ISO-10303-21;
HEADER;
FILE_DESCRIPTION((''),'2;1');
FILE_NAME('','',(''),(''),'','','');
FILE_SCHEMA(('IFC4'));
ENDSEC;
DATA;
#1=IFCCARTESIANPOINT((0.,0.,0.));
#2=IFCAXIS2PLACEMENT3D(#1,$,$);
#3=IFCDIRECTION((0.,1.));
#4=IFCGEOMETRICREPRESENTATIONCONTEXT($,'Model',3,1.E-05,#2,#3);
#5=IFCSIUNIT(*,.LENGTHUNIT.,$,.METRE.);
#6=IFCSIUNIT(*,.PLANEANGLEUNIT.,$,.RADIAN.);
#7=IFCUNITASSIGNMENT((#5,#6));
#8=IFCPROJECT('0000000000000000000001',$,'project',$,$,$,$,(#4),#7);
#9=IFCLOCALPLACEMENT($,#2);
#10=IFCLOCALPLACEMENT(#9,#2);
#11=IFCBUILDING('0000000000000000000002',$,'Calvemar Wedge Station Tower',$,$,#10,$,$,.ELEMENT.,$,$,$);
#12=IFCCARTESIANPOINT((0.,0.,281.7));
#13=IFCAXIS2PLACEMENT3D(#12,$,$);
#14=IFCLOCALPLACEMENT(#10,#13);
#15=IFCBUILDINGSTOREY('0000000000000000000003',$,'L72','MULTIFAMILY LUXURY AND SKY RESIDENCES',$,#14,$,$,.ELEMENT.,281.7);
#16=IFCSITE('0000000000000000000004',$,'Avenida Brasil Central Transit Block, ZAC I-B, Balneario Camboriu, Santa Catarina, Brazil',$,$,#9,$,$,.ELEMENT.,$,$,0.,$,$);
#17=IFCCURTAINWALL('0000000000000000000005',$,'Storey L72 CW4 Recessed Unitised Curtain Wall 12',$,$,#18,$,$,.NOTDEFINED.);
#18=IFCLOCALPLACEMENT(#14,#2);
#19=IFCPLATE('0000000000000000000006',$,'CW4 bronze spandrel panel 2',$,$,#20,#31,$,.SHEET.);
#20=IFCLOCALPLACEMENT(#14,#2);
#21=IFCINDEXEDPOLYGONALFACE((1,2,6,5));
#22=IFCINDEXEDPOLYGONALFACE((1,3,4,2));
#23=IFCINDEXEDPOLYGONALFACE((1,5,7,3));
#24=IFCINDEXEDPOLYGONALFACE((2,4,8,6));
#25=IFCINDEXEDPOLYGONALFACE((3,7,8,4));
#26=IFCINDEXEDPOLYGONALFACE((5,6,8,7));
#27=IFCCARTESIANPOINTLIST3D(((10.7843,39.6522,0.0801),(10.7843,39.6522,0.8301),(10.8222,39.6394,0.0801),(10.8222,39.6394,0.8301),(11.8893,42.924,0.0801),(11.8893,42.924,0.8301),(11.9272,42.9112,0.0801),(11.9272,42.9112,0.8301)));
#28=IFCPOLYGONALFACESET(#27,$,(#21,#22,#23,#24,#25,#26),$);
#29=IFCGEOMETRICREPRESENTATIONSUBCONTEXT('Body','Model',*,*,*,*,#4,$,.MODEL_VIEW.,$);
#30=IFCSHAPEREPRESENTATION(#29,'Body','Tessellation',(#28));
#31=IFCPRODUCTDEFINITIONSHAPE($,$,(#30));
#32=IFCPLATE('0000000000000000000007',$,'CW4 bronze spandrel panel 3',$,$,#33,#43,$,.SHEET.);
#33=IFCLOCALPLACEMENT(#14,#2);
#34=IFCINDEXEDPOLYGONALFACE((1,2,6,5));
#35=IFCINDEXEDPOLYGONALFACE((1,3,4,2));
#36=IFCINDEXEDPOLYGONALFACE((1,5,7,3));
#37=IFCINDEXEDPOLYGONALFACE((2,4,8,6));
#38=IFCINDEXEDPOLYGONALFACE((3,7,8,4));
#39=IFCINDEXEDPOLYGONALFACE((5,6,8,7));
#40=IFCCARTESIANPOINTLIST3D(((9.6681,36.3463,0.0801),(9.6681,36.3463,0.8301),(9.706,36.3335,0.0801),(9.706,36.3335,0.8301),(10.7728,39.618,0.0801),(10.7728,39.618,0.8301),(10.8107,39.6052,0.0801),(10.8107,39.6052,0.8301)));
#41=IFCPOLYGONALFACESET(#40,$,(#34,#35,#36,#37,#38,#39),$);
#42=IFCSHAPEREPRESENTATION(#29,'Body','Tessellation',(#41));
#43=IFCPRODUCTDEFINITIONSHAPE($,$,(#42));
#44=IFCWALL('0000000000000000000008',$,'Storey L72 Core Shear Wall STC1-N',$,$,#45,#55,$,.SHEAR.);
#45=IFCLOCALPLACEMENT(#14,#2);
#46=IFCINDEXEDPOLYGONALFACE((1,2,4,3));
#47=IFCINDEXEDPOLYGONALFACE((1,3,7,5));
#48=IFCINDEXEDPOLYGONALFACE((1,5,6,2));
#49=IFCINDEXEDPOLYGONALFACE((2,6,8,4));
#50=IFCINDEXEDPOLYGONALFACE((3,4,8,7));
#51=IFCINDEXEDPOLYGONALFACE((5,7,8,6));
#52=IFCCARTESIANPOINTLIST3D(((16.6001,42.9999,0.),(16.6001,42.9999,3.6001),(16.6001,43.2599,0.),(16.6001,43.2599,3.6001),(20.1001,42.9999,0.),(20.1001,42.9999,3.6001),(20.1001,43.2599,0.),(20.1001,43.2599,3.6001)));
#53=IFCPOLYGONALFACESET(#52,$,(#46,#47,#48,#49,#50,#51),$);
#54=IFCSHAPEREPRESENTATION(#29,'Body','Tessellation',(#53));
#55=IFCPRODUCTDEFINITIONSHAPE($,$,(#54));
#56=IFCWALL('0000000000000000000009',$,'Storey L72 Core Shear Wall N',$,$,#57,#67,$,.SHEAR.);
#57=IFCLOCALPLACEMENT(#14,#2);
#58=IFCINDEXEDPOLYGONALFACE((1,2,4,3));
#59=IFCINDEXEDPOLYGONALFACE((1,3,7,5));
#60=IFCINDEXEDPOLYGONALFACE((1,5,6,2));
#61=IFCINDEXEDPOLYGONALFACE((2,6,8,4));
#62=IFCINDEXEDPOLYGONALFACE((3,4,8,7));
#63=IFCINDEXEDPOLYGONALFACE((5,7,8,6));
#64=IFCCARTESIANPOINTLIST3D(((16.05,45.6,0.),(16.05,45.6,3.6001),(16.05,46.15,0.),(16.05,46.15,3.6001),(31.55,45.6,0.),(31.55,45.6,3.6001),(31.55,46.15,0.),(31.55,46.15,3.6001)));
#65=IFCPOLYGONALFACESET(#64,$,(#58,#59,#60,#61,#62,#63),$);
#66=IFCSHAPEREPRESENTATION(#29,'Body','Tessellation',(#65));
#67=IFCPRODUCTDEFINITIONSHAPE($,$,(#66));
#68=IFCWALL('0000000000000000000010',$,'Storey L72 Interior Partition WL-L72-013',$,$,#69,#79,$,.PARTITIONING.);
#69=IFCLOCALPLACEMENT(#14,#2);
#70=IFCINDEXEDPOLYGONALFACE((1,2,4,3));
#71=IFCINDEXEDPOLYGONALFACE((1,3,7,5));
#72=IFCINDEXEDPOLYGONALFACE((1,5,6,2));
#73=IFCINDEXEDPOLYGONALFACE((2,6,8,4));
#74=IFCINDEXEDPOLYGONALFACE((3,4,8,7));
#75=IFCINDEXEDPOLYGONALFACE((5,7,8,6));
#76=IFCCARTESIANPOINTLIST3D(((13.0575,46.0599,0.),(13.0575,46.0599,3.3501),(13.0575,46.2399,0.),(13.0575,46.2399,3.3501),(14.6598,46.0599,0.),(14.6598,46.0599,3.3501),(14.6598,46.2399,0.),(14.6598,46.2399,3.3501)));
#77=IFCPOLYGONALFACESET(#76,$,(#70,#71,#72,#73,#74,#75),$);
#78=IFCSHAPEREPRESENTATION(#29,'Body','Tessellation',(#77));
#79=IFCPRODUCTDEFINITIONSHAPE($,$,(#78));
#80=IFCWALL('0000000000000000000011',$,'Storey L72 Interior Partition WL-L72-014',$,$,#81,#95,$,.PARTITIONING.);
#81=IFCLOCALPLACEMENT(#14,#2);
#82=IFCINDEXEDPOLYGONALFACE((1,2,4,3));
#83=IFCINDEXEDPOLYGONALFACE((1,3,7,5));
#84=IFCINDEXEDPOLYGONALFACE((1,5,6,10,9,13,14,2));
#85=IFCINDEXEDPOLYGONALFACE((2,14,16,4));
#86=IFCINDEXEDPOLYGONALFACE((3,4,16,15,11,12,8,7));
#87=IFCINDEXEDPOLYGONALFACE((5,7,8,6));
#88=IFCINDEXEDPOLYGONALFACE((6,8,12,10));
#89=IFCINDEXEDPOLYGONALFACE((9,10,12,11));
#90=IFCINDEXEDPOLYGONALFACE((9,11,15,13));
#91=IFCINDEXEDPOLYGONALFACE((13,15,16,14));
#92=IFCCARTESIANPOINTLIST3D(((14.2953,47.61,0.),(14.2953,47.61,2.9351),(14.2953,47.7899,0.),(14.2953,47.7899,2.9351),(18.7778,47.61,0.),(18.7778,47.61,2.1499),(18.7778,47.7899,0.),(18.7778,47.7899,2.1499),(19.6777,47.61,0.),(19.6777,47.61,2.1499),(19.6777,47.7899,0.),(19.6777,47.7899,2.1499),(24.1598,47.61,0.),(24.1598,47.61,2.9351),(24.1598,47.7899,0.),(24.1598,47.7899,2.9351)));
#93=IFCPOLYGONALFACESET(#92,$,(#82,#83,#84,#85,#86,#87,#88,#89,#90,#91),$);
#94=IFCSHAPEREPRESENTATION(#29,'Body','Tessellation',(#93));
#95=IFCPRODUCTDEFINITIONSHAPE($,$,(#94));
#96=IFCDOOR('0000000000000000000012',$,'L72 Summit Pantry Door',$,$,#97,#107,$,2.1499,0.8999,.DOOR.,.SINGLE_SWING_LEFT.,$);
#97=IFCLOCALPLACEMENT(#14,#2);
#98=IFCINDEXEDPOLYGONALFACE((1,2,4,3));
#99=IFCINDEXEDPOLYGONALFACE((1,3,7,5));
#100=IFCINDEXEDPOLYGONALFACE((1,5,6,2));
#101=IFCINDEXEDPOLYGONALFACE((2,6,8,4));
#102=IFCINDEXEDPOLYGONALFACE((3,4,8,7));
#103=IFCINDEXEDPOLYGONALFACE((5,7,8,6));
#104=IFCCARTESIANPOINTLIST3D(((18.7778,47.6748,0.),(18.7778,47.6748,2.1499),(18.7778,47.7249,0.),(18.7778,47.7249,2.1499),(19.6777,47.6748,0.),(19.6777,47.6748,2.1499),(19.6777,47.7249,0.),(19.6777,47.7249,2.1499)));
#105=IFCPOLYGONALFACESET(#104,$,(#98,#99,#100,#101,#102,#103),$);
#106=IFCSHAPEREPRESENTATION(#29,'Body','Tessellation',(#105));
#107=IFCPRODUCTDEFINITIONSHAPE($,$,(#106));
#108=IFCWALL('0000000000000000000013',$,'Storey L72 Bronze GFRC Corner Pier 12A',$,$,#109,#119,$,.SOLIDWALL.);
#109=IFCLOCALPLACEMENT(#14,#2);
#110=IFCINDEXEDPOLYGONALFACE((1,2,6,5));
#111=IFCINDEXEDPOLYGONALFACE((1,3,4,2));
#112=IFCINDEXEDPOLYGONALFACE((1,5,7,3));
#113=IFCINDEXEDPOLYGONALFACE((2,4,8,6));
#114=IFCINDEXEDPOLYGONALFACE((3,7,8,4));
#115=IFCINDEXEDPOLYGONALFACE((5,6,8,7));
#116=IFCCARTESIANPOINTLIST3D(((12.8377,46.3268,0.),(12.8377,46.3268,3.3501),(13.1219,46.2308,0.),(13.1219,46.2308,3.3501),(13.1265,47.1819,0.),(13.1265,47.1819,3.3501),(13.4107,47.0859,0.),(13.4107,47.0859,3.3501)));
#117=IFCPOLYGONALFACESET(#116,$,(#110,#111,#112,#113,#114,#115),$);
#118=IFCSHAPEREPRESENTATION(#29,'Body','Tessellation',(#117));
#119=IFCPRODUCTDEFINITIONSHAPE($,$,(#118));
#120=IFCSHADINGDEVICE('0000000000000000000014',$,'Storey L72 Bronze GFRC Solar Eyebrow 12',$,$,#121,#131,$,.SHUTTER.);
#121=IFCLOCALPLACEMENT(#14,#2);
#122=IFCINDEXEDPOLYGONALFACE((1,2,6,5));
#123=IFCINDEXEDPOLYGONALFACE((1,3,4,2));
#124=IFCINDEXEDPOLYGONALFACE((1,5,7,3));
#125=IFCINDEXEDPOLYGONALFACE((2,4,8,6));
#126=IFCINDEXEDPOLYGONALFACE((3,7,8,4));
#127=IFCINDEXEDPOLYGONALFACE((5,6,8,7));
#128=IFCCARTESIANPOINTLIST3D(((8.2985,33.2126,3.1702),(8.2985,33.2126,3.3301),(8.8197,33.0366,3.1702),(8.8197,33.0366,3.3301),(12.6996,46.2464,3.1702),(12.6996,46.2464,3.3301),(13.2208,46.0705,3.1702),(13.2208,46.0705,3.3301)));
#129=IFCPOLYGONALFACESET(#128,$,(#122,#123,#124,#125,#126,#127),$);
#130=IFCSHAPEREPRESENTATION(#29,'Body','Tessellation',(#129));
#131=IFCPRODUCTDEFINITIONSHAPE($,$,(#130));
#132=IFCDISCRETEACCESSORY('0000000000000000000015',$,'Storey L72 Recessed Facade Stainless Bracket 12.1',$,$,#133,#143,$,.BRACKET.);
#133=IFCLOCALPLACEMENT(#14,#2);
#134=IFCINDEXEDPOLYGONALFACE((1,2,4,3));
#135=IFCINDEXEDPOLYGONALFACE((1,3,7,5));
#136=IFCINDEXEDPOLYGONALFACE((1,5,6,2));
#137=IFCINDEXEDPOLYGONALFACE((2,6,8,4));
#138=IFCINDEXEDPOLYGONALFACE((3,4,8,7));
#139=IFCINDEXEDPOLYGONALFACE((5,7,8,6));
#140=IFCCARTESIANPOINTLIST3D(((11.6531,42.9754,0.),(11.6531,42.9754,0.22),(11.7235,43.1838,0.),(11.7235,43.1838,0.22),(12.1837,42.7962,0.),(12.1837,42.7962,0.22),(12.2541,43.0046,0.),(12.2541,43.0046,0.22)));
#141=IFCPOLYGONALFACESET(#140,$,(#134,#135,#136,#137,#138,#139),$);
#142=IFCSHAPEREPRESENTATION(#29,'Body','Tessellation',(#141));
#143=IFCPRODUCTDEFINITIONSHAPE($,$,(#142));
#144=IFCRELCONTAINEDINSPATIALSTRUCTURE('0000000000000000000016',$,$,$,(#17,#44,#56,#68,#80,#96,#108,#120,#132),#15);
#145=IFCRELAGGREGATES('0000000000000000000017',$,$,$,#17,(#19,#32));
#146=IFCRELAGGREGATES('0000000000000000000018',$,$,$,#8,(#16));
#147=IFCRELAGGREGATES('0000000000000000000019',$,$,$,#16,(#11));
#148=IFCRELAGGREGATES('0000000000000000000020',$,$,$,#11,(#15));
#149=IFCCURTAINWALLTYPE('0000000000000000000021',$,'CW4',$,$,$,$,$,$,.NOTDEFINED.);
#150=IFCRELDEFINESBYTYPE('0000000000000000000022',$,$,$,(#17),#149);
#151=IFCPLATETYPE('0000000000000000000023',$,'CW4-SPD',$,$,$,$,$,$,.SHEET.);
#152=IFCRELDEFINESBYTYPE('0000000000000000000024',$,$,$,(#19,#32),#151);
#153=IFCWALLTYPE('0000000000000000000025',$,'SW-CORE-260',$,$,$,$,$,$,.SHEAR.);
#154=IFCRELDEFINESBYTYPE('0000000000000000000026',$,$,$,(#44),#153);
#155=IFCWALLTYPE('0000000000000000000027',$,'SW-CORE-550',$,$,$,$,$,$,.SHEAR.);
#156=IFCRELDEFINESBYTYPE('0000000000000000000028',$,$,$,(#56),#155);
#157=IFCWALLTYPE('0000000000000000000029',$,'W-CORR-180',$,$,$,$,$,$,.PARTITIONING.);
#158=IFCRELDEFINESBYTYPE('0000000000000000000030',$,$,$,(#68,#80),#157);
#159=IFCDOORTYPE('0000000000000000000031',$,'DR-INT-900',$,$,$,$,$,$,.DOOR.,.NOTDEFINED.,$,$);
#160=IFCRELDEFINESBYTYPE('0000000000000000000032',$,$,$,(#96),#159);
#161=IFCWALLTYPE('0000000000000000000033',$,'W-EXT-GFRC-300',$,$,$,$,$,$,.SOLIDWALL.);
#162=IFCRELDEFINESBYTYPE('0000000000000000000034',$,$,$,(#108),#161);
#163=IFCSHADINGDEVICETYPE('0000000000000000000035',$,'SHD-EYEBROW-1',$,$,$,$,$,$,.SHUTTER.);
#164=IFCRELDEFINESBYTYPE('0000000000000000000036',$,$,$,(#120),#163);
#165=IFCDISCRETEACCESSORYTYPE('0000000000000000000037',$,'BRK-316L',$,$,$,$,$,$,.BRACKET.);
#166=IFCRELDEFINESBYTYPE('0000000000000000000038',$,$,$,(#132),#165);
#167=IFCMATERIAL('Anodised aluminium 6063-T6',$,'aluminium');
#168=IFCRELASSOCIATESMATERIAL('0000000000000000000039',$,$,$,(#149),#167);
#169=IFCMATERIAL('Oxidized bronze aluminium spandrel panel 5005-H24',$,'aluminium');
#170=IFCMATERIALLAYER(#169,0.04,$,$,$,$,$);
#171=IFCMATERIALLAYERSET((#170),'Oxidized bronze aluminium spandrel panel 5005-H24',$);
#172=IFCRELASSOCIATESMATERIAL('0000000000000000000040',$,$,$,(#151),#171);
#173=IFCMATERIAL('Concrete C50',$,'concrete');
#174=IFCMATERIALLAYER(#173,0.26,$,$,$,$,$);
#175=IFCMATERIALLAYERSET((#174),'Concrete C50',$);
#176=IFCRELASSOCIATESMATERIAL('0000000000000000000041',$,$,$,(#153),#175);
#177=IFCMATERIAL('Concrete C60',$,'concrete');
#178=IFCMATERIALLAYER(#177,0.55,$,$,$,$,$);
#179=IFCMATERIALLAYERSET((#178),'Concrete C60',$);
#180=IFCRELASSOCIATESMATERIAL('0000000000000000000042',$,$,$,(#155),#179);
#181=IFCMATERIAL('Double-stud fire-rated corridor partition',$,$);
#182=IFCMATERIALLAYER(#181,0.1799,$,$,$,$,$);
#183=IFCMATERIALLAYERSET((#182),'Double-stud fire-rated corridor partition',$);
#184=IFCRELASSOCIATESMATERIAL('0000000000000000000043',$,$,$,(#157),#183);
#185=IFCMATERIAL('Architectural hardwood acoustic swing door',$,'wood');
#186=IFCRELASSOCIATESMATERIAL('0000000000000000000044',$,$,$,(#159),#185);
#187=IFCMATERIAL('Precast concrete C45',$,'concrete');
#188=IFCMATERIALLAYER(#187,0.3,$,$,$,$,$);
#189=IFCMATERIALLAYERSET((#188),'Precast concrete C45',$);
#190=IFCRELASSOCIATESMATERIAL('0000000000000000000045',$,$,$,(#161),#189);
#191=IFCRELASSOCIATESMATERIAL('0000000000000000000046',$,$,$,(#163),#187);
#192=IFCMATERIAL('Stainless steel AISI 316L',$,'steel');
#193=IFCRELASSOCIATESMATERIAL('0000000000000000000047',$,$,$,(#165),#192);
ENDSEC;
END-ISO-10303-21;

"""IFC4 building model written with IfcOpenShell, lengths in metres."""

from ifc_helpers import new_model, si_unit, direction, frame, frame_2d, origin, origin_2d, place, context, subcontext, project, spatial, rectangle, extrude, source, transform, mapped, material, layer, layer_set, type_object, element, fill, aggregate, save


model = new_model("IFC4")

# Units and contexts
model_context = context("Model", 3, precision=1e-05, world=origin(), true_north=direction((0.0, 1.0)))
body_context = subcontext(model_context, "Body", "Model", "MODEL_VIEW")
ifc_project = project(units=[si_unit("LENGTHUNIT", "METRE"), si_unit("PLANEANGLEUNIT", "RADIAN")], contexts=[model_context])

# Site, building, storey
site_placement = place(None, origin())
site = spatial("IfcSite", under=ifc_project, at=site_placement, Name="Avenida Brasil Central Transit Block, ZAC I-B, Balneario Camboriu, Santa Catarina, Brazil", CompositionType="ELEMENT", RefElevation=0.0)
building_placement = place(site_placement, origin())
building = spatial("IfcBuilding", under=site, at=building_placement, Name="Calvemar Wedge Station Tower", CompositionType="ELEMENT")
storey_placement = place(building_placement, frame((0.0, 0.0, 281.7)))
storey = spatial("IfcBuildingStorey", under=building, at=storey_placement, Name="L72", Description="MULTIFAMILY LUXURY AND SKY RESIDENCES", CompositionType="ELEMENT", Elevation=281.7)

# Shared definitions
ifc_material_1 = material(Name="Concrete C50", Category="concrete")

# Curtain wall, plates
ifc_material_2 = material(Name="Anodised aluminium 6063-T6", Category="aluminium")
curtain_wall_type = type_object("IfcCurtainWallType", Name="CW4", PredefinedType="NOTDEFINED", material=ifc_material_2)
curtain_wall_placement = place(storey_placement, origin())
curtain_wall = element("IfcCurtainWall", 1, at=curtain_wall_placement, inside=storey, type_object=curtain_wall_type, Name="Storey L72 CW4 Recessed Unitised Curtain Wall 12", PredefinedType="NOTDEFINED")
ifc_material_3 = material(Name="Oxidized bronze aluminium spandrel panel 5005-H24", Category="aluminium")
ifc_layer_1 = layer(ifc_material_3, 0.04)
ifc_layer_set_1 = layer_set([ifc_layer_1], Name="Oxidized bronze aluminium spandrel panel 5005-H24")
plate_type_1 = type_object("IfcPlateType", Name="CW4-SPD", PredefinedType="SHEET", material=ifc_layer_set_1)
plate_1_placement = place(storey_placement, frame((11.9082, 42.9175, 0.0801), z_axis=(0.0, 0.0, 1.0), x_axis=(-0.319979, -0.947425, 0.0)))
plate_1 = element("IfcPlate", 2, at=plate_1_placement, type_object=plate_type_1, Name="CW4 bronze spandrel panel 2", PredefinedType="SHEET", context=body_context, shape_type="SweptSolid", body=[
    extrude(rectangle(XDim=3.4534, YDim=0.04, at=frame_2d((1.7266, 0.0))), origin(), (0.0, 0.0, 1.0), 0.75),
])
plate_2_placement = place(storey_placement, frame((10.7917, 39.6116, 0.0801), z_axis=(0.0, 0.0, 1.0), x_axis=(-0.319916, -0.947446, 0.0)))
plate_2 = element("IfcPlate", 3, at=plate_2_placement, type_object=plate_type_1, Name="CW4 bronze spandrel panel 3", PredefinedType="SHEET", context=body_context, shape_type="SweptSolid", body=[
    extrude(rectangle(XDim=3.4531, YDim=0.04, at=frame_2d((1.7266, 0.0))), origin(), (0.0, 0.0, 1.0), 0.75),
])
aggregate(curtain_wall, [plate_1, plate_2])

# Walls
ifc_layer_2 = layer(ifc_material_1, 0.26)
ifc_layer_set_2 = layer_set([ifc_layer_2], Name="Concrete C50")
wall_type_1 = type_object("IfcWallType", Name="SW-CORE-260", PredefinedType="SHEAR", material=ifc_layer_set_2)
wall_1_placement = place(storey_placement, frame((16.6001, 43.1299, 0.0), z_axis=(0.0, 0.0, 1.0), x_axis=(1.0, 0.0, 0.0)))
element("IfcWall", 4, at=wall_1_placement, inside=storey, type_object=wall_type_1, Name="Storey L72 Core Shear Wall STC1-N", PredefinedType="SHEAR", context=body_context, shape_type="SweptSolid", body=[
    extrude(rectangle(XDim=3.5, YDim=0.26, at=frame_2d((1.75, 0.0))), origin(), (0.0, 0.0, 1.0), 3.6001),
])
ifc_material_4 = material(Name="Concrete C60", Category="concrete")
ifc_layer_3 = layer(ifc_material_4, 0.55)
ifc_layer_set_3 = layer_set([ifc_layer_3], Name="Concrete C60")
wall_type_2 = type_object("IfcWallType", Name="SW-CORE-550", PredefinedType="SHEAR", material=ifc_layer_set_3)
wall_2_placement = place(storey_placement, frame((16.05, 45.875, 0.0), z_axis=(0.0, 0.0, 1.0), x_axis=(1.0, 0.0, 0.0)))
element("IfcWall", 5, at=wall_2_placement, inside=storey, type_object=wall_type_2, Name="Storey L72 Core Shear Wall N", PredefinedType="SHEAR", context=body_context, shape_type="SweptSolid", body=[
    extrude(rectangle(XDim=15.5, YDim=0.55, at=frame_2d((7.75, 0.0))), origin(), (0.0, 0.0, 1.0), 3.6001),
])
ifc_material_5 = material(Name="Double-stud fire-rated corridor partition")
ifc_layer_4 = layer(ifc_material_5, 0.1799)
ifc_layer_set_4 = layer_set([ifc_layer_4], Name="Double-stud fire-rated corridor partition")
wall_type_3 = type_object("IfcWallType", Name="W-CORR-180", PredefinedType="PARTITIONING", material=ifc_layer_set_4)
wall_3_placement = place(storey_placement, frame((14.6599, 46.1499, 0.0), z_axis=(0.0, 0.0, 1.0), x_axis=(-1.0, 0.0, 0.0)))
element("IfcWall", 6, at=wall_3_placement, inside=storey, type_object=wall_type_3, Name="Storey L72 Interior Partition WL-L72-013", PredefinedType="PARTITIONING", context=body_context, shape_type="SweptSolid", body=[
    extrude(rectangle(XDim=1.6023, YDim=0.1799, at=frame_2d((0.8013, 0.0))), origin(), (0.0, 0.0, 1.0), 3.3501),
])

# Wall, opening, door
wall_4_placement = place(storey_placement, frame((14.2954, 47.7, 0.0), z_axis=(0.0, 0.0, 1.0), x_axis=(1.0, 0.0, 0.0)))
wall_4 = element("IfcWall", 7, at=wall_4_placement, inside=storey, type_object=wall_type_3, Name="Storey L72 Interior Partition WL-L72-014", PredefinedType="PARTITIONING", context=body_context, shape_type="SweptSolid", body=[
    extrude(rectangle(XDim=9.8645, YDim=0.1799, at=frame_2d((4.9321, 0.0))), origin(), (0.0, 0.0, 1.0), 2.9351),
])
shared_shape_1 = source(origin(), body_context, "Body", "SweptSolid", [
    extrude(rectangle(XDim=0.8999, YDim=2.1499, at=frame_2d((0.45, 1.075))), frame((0.0, 0.1001, 0.0), z_axis=(0.0, -1.0, 0.0), x_axis=(1.0, 0.0, 0.0)), (0.0, 0.0, 1.0), 0.2),
])
opening_placement = place(wall_4_placement, frame((4.4824, 0.0, 0.0)))
opening = element("IfcOpeningElement", 8, at=opening_placement, cuts=wall_4, PredefinedType="OPENING", context=body_context, shape_type="MappedRepresentation", body=[
    mapped(shared_shape_1, transform((0.0, 0.0, 0.0), scale=1.0)),
])
ifc_material_6 = material(Name="Architectural hardwood acoustic swing door", Category="wood")
door_type = type_object("IfcDoorType", Name="DR-INT-900", OperationType="NOTDEFINED", PredefinedType="DOOR", material=ifc_material_6)
shared_shape_2 = source(origin(), body_context, "Body", "SweptSolid", [
    extrude(rectangle(XDim=0.8999, YDim=2.1499, at=frame_2d((0.45, 1.075))), frame((0.0, 0.0249, 0.0), z_axis=(0.0, -1.0, 0.0), x_axis=(1.0, 0.0, 0.0)), (0.0, 0.0, 1.0), 0.05),
])
door_placement = place(opening_placement, origin())
door = element("IfcDoor", 9, at=door_placement, inside=storey, type_object=door_type, Name="L72 Summit Pantry Door", OperationType="SINGLE_SWING_LEFT", OverallHeight=2.1499, OverallWidth=0.8999, PredefinedType="DOOR", context=body_context, shape_type="MappedRepresentation", body=[
    mapped(shared_shape_2, transform((0.0, 0.0, 0.0), scale=1.0)),
])
fill(opening, door)

# Wall
ifc_material_7 = material(Name="Precast concrete C45", Category="concrete")
ifc_layer_5 = layer(ifc_material_7, 0.3)
ifc_layer_set_5 = layer_set([ifc_layer_5], Name="Precast concrete C45")
wall_type_4 = type_object("IfcWallType", Name="W-EXT-GFRC-300", PredefinedType="SOLIDWALL", material=ifc_layer_set_5)
wall_5_placement = place(storey_placement, frame((13.2686, 47.1338, 0.0), z_axis=(0.0, 0.0, 1.0), x_axis=(-0.319958, -0.947432, 0.0)))
element("IfcWall", 10, at=wall_5_placement, inside=storey, type_object=wall_type_4, Name="Storey L72 Bronze GFRC Corner Pier 12A", PredefinedType="SOLIDWALL", context=body_context, shape_type="SweptSolid", body=[
    extrude(rectangle(XDim=0.9026, YDim=0.3, at=frame_2d((0.4512, 0.0))), origin(), (0.0, 0.0, 1.0), 3.3501),
])

# Shading device
shading_device_type = type_object("IfcShadingDeviceType", Name="SHD-EYEBROW-1", PredefinedType="SHUTTER", material=ifc_material_7)
shading_device_placement = place(storey_placement, frame((12.9602, 46.1584, 3.1702), z_axis=(0.0, 0.0, 1.0), x_axis=(-0.31992, -0.947444, 0.0)))
element("IfcShadingDevice", 11, at=shading_device_placement, inside=storey, type_object=shading_device_type, Name="Storey L72 Bronze GFRC Solar Eyebrow 12", PredefinedType="SHUTTER", context=body_context, shape_type="SweptSolid", body=[
    extrude(rectangle(XDim=13.7568, YDim=0.55, at=frame_2d((6.8784, 0.0))), origin(), (0.0, 0.0, 1.0), 0.1599),
])

# Discrete accessory
ifc_material_8 = material(Name="Stainless steel AISI 316L", Category="steel")
discrete_accessory_type = type_object("IfcDiscreteAccessoryType", Name="BRK-316L", PredefinedType="BRACKET", material=ifc_material_8)
shared_shape_3 = source(origin(), body_context, "Body", "SweptSolid", [
    extrude(rectangle(XDim=0.22, YDim=0.5601, at=origin_2d()), origin(), (0.0, 0.0, 1.0), 0.22),
])
discrete_accessory_placement = place(storey_placement, frame((11.9536, 42.99, 0.0), z_axis=(0.0, 0.0, 1.0), x_axis=(-0.319952, -0.947434, 0.0)))
element("IfcDiscreteAccessory", 12, at=discrete_accessory_placement, inside=storey, type_object=discrete_accessory_type, Name="Storey L72 Recessed Facade Stainless Bracket 12.1", PredefinedType="BRACKET", context=body_context, shape_type="MappedRepresentation", body=[
    mapped(shared_shape_3, transform((0.0, 0.0, 0.0), scale=1.0)),
])

save(model, "model.ifc")
